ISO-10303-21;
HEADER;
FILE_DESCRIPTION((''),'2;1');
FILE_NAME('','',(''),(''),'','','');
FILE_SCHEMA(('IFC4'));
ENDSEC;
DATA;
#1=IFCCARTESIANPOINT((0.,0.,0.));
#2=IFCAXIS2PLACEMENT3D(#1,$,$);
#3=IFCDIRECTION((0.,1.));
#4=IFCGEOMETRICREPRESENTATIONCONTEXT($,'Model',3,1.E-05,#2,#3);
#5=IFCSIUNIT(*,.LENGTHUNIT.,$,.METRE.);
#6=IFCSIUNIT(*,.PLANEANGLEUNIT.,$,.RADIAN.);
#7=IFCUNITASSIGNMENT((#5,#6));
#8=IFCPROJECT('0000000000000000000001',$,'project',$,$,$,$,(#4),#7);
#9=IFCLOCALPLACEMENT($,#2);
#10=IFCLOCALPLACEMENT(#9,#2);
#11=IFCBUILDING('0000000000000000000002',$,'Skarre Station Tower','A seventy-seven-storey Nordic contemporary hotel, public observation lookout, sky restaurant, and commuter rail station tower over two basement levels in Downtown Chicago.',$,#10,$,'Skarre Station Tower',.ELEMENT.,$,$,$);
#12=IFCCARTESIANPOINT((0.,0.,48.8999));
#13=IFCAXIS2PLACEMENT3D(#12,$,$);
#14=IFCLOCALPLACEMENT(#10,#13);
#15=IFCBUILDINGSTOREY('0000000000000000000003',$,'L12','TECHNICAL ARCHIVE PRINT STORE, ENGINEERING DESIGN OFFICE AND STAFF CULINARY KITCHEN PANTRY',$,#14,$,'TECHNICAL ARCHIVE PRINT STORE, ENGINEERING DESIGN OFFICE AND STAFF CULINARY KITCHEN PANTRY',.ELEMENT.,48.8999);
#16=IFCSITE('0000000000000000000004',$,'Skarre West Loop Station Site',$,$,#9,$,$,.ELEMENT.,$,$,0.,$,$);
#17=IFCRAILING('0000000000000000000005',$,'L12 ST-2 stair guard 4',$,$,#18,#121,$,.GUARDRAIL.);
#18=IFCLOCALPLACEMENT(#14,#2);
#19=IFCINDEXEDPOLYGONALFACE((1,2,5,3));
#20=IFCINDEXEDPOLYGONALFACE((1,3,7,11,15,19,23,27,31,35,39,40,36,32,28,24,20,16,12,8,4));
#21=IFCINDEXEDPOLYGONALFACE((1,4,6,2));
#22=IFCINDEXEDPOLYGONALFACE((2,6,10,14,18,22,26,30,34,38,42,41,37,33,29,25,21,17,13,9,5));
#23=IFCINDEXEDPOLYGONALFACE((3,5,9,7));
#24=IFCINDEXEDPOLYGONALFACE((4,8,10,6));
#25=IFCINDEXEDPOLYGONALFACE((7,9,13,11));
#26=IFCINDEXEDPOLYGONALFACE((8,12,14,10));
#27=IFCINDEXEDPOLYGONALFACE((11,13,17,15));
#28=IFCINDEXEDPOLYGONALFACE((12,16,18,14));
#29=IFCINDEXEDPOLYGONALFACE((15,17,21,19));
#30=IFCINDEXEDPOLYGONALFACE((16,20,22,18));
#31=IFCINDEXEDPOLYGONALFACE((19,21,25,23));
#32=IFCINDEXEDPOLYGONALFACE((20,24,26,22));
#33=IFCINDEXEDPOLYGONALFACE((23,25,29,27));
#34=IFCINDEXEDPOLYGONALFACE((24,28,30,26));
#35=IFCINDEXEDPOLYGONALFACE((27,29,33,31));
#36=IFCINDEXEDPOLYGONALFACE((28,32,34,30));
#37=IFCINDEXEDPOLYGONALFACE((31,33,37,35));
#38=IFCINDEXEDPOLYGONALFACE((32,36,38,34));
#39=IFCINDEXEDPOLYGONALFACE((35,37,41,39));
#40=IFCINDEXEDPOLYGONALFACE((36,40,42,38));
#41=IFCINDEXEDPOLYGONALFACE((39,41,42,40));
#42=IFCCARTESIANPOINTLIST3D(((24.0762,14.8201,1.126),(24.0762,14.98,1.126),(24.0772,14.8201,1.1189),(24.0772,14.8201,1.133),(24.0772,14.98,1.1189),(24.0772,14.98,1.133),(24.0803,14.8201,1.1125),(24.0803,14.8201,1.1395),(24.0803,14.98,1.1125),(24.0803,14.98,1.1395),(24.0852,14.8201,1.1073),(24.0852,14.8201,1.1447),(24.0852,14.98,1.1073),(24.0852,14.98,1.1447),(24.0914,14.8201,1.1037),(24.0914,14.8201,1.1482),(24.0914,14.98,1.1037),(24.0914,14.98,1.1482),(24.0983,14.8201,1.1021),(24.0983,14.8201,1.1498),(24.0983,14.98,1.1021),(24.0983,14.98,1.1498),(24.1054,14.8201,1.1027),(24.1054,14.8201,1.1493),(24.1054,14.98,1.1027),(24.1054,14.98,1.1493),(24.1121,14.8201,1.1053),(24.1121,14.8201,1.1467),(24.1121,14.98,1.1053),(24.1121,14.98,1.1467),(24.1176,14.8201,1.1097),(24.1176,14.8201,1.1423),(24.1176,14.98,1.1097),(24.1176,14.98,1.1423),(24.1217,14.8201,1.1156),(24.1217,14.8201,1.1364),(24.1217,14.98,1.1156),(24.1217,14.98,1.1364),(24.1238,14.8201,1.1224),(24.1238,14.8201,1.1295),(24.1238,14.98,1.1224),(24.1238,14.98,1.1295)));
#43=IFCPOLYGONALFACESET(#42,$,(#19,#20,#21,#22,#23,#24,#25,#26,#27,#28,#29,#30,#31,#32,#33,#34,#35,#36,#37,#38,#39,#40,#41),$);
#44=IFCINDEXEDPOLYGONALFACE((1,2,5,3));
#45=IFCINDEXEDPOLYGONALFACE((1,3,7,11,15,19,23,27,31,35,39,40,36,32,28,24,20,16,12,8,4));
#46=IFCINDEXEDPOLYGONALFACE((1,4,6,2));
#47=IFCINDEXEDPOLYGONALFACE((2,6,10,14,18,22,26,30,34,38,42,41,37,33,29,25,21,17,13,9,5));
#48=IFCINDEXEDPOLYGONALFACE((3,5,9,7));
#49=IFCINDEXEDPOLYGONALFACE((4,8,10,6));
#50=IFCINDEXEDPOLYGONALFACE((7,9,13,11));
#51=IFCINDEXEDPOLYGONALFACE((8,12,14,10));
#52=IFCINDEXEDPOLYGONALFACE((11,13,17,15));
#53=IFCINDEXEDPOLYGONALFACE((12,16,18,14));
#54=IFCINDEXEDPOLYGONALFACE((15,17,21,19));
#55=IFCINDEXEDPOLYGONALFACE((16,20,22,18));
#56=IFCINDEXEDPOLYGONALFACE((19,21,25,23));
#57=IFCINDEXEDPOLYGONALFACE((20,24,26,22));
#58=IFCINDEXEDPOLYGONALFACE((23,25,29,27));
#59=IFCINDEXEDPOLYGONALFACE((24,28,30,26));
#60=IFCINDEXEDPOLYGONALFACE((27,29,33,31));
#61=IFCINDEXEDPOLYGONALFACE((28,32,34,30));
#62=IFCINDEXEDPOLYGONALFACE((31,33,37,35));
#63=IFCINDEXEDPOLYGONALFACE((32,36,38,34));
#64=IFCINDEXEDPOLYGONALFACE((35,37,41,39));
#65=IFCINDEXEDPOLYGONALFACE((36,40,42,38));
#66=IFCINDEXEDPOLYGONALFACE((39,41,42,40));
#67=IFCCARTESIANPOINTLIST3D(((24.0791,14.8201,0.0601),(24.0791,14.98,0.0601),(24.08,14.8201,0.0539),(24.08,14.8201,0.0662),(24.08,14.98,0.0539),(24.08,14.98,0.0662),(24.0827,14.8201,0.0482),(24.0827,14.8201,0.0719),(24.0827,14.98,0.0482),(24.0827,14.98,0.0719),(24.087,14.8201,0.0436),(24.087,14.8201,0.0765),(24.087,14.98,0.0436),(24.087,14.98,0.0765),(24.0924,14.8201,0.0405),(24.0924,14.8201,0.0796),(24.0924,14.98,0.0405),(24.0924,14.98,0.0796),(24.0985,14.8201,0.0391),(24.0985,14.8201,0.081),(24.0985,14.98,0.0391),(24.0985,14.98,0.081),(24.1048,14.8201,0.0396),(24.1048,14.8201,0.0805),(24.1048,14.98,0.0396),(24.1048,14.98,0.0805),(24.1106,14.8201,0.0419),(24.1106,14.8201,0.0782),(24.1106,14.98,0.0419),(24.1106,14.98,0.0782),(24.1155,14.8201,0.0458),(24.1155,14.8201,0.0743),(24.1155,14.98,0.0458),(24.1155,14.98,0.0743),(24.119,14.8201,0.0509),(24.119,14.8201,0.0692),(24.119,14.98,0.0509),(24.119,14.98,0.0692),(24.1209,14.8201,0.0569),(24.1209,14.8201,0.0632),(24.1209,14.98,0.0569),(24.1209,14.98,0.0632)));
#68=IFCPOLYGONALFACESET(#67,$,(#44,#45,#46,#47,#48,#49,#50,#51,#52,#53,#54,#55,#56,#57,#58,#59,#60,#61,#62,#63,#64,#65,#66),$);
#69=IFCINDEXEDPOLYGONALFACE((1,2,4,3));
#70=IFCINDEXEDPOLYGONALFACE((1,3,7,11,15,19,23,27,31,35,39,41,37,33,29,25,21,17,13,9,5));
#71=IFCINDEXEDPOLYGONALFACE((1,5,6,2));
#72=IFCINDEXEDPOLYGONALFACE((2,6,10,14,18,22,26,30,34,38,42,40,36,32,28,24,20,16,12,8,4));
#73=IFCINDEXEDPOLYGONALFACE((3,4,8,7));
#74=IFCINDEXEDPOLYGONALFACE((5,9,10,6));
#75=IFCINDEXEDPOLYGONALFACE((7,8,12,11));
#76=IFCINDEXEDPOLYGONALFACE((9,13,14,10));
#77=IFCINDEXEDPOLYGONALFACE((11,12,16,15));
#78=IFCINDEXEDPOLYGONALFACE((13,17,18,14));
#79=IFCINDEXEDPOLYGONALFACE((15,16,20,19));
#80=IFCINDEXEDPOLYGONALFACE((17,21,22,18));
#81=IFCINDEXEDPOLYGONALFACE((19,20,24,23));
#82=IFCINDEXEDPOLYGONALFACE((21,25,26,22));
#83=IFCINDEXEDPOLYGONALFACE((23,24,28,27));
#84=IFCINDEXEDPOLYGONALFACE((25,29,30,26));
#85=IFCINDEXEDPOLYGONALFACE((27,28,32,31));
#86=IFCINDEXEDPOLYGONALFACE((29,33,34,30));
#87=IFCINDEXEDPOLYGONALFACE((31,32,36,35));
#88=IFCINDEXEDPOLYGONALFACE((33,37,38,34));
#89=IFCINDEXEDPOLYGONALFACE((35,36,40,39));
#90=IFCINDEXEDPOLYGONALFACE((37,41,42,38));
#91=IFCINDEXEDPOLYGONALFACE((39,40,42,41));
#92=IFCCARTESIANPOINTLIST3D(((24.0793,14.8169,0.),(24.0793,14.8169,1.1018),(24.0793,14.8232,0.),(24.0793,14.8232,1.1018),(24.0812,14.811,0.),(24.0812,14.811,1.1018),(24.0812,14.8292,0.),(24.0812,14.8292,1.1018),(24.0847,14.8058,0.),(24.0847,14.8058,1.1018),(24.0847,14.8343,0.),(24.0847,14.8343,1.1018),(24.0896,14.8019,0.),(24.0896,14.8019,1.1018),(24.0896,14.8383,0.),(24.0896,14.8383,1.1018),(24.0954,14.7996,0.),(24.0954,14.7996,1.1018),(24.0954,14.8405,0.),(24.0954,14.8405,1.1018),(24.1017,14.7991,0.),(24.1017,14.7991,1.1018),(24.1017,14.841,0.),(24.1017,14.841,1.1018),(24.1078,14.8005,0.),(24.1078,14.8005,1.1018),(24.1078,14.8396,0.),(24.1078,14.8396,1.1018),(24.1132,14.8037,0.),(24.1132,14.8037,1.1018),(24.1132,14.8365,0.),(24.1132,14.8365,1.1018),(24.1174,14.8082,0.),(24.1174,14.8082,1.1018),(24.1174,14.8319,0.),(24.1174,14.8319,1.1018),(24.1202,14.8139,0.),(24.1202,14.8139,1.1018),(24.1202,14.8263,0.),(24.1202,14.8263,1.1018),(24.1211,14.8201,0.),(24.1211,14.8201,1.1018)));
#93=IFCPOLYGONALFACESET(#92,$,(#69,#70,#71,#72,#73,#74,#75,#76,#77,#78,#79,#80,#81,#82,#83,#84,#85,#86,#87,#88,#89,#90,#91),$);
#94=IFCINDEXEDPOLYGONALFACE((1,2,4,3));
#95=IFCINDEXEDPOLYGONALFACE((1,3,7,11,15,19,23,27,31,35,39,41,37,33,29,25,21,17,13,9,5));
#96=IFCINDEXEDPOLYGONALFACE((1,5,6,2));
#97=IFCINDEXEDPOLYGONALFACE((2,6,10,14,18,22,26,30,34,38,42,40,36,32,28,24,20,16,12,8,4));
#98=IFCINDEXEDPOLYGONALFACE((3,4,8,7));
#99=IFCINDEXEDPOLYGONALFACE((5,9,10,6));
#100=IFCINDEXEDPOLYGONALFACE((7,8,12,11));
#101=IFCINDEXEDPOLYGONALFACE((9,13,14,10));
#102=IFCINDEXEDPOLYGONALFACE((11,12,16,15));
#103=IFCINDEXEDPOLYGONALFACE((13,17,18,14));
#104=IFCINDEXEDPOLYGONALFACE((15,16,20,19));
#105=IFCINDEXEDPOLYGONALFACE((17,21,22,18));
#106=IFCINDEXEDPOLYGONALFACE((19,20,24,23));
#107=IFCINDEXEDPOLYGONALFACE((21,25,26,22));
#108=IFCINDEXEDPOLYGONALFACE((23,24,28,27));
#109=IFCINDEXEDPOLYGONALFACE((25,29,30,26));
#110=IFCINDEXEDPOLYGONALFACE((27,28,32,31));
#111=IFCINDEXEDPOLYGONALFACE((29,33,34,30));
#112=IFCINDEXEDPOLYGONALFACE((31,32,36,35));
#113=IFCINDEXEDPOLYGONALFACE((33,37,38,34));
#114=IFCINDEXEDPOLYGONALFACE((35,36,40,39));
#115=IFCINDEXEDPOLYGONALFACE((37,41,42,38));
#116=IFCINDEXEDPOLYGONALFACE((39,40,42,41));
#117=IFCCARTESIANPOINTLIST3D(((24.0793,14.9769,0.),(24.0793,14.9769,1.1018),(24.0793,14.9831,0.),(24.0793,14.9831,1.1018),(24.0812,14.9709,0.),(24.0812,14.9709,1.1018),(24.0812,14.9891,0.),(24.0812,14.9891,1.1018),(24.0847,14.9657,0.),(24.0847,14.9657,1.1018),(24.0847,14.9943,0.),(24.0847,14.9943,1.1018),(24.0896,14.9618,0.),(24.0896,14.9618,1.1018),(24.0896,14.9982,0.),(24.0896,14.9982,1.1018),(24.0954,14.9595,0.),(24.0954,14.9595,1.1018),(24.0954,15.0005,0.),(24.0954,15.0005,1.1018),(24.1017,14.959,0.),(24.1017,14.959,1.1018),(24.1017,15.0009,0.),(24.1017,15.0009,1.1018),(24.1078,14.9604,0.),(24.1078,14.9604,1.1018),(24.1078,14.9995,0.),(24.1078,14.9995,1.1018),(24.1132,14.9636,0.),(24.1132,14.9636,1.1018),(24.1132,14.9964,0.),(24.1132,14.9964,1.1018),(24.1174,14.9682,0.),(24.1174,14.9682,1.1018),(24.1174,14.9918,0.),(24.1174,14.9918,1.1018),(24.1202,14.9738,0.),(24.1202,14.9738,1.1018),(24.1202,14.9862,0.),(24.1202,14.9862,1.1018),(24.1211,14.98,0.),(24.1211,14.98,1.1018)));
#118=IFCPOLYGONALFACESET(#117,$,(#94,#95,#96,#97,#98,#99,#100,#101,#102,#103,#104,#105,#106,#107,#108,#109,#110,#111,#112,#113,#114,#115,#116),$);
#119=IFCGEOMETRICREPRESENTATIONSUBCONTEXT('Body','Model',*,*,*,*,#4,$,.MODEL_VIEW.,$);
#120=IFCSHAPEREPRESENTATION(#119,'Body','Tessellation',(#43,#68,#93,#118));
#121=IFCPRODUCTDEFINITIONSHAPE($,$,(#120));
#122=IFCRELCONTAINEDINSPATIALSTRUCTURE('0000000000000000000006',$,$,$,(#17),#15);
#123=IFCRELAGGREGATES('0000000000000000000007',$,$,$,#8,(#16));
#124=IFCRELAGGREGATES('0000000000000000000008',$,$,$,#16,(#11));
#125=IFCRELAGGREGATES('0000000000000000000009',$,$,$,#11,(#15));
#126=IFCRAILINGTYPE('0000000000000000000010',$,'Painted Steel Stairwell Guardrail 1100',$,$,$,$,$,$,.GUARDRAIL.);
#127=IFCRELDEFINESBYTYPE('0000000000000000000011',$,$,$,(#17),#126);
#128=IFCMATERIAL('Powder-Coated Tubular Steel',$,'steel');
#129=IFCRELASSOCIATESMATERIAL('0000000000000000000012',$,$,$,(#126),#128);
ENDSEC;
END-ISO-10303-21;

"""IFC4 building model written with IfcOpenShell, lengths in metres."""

from ifc_helpers import new_model, si_unit, direction, frame, origin, origin_2d, place, context, subcontext, project, spatial, circle, extrude, material, type_object, element, save


model = new_model("IFC4")

# Units and contexts
model_context = context("Model", 3, precision=1e-05, world=origin(), true_north=direction((0.0, 1.0)))
body_context = subcontext(model_context, "Body", "Model", "MODEL_VIEW")
ifc_project = project(units=[si_unit("LENGTHUNIT", "METRE"), si_unit("PLANEANGLEUNIT", "RADIAN")], contexts=[model_context])

# Site, building, storey
site_placement = place(None, origin())
site = spatial("IfcSite", under=ifc_project, at=site_placement, Name="Skarre West Loop Station Site", CompositionType="ELEMENT", RefElevation=0.0)
building_placement = place(site_placement, origin())
building = spatial("IfcBuilding", under=site, at=building_placement, Name="Skarre Station Tower", Description="A seventy-seven-storey Nordic contemporary hotel, public observation lookout, sky restaurant, and commuter rail station tower over two basement levels in Downtown Chicago.", LongName="Skarre Station Tower", CompositionType="ELEMENT")
storey_placement = place(building_placement, frame((0.0, 0.0, 48.8999)))
storey = spatial("IfcBuildingStorey", under=building, at=storey_placement, Name="L12", Description="TECHNICAL ARCHIVE PRINT STORE, ENGINEERING DESIGN OFFICE AND STAFF CULINARY KITCHEN PANTRY", LongName="TECHNICAL ARCHIVE PRINT STORE, ENGINEERING DESIGN OFFICE AND STAFF CULINARY KITCHEN PANTRY", CompositionType="ELEMENT", Elevation=48.8999)

# Railing
ifc_material_1 = material(Name="Powder-Coated Tubular Steel", Category="steel")
railing_type_1 = type_object("IfcRailingType", Name="Painted Steel Stairwell Guardrail 1100", PredefinedType="GUARDRAIL", material=ifc_material_1)
railing_1_placement = place(storey_placement, frame((24.1001, 14.8201, 0.0)))
element("IfcRailing", 1, at=railing_1_placement, inside=storey, type_object=railing_type_1, Name="L12 ST-2 stair guard 4", PredefinedType="GUARDRAIL", context=body_context, shape_type="SweptSolid", body=[
    extrude(circle(Radius=0.0239, at=origin_2d()), frame((0.0, 0.0, 1.126), z_axis=(0.0, 1.0, 0.0), x_axis=(-1.0, 0.0, 0.0)), (0.0, 0.0, 1.0), 0.1599),
    extrude(circle(Radius=0.021, at=origin_2d()), frame((0.0, 0.0, 0.0601), z_axis=(0.0, 1.0, 0.0), x_axis=(-1.0, 0.0, 0.0)), (0.0, 0.0, 1.0), 0.1599),
    extrude(circle(Radius=0.021, at=origin_2d()), origin(), (0.0, 0.0, 1.0), 1.1018),
    extrude(circle(Radius=0.021, at=origin_2d()), frame((0.0, 0.1599, 0.0)), (0.0, 0.0, 1.0), 1.1018),
])

save(model, "model.ifc")
